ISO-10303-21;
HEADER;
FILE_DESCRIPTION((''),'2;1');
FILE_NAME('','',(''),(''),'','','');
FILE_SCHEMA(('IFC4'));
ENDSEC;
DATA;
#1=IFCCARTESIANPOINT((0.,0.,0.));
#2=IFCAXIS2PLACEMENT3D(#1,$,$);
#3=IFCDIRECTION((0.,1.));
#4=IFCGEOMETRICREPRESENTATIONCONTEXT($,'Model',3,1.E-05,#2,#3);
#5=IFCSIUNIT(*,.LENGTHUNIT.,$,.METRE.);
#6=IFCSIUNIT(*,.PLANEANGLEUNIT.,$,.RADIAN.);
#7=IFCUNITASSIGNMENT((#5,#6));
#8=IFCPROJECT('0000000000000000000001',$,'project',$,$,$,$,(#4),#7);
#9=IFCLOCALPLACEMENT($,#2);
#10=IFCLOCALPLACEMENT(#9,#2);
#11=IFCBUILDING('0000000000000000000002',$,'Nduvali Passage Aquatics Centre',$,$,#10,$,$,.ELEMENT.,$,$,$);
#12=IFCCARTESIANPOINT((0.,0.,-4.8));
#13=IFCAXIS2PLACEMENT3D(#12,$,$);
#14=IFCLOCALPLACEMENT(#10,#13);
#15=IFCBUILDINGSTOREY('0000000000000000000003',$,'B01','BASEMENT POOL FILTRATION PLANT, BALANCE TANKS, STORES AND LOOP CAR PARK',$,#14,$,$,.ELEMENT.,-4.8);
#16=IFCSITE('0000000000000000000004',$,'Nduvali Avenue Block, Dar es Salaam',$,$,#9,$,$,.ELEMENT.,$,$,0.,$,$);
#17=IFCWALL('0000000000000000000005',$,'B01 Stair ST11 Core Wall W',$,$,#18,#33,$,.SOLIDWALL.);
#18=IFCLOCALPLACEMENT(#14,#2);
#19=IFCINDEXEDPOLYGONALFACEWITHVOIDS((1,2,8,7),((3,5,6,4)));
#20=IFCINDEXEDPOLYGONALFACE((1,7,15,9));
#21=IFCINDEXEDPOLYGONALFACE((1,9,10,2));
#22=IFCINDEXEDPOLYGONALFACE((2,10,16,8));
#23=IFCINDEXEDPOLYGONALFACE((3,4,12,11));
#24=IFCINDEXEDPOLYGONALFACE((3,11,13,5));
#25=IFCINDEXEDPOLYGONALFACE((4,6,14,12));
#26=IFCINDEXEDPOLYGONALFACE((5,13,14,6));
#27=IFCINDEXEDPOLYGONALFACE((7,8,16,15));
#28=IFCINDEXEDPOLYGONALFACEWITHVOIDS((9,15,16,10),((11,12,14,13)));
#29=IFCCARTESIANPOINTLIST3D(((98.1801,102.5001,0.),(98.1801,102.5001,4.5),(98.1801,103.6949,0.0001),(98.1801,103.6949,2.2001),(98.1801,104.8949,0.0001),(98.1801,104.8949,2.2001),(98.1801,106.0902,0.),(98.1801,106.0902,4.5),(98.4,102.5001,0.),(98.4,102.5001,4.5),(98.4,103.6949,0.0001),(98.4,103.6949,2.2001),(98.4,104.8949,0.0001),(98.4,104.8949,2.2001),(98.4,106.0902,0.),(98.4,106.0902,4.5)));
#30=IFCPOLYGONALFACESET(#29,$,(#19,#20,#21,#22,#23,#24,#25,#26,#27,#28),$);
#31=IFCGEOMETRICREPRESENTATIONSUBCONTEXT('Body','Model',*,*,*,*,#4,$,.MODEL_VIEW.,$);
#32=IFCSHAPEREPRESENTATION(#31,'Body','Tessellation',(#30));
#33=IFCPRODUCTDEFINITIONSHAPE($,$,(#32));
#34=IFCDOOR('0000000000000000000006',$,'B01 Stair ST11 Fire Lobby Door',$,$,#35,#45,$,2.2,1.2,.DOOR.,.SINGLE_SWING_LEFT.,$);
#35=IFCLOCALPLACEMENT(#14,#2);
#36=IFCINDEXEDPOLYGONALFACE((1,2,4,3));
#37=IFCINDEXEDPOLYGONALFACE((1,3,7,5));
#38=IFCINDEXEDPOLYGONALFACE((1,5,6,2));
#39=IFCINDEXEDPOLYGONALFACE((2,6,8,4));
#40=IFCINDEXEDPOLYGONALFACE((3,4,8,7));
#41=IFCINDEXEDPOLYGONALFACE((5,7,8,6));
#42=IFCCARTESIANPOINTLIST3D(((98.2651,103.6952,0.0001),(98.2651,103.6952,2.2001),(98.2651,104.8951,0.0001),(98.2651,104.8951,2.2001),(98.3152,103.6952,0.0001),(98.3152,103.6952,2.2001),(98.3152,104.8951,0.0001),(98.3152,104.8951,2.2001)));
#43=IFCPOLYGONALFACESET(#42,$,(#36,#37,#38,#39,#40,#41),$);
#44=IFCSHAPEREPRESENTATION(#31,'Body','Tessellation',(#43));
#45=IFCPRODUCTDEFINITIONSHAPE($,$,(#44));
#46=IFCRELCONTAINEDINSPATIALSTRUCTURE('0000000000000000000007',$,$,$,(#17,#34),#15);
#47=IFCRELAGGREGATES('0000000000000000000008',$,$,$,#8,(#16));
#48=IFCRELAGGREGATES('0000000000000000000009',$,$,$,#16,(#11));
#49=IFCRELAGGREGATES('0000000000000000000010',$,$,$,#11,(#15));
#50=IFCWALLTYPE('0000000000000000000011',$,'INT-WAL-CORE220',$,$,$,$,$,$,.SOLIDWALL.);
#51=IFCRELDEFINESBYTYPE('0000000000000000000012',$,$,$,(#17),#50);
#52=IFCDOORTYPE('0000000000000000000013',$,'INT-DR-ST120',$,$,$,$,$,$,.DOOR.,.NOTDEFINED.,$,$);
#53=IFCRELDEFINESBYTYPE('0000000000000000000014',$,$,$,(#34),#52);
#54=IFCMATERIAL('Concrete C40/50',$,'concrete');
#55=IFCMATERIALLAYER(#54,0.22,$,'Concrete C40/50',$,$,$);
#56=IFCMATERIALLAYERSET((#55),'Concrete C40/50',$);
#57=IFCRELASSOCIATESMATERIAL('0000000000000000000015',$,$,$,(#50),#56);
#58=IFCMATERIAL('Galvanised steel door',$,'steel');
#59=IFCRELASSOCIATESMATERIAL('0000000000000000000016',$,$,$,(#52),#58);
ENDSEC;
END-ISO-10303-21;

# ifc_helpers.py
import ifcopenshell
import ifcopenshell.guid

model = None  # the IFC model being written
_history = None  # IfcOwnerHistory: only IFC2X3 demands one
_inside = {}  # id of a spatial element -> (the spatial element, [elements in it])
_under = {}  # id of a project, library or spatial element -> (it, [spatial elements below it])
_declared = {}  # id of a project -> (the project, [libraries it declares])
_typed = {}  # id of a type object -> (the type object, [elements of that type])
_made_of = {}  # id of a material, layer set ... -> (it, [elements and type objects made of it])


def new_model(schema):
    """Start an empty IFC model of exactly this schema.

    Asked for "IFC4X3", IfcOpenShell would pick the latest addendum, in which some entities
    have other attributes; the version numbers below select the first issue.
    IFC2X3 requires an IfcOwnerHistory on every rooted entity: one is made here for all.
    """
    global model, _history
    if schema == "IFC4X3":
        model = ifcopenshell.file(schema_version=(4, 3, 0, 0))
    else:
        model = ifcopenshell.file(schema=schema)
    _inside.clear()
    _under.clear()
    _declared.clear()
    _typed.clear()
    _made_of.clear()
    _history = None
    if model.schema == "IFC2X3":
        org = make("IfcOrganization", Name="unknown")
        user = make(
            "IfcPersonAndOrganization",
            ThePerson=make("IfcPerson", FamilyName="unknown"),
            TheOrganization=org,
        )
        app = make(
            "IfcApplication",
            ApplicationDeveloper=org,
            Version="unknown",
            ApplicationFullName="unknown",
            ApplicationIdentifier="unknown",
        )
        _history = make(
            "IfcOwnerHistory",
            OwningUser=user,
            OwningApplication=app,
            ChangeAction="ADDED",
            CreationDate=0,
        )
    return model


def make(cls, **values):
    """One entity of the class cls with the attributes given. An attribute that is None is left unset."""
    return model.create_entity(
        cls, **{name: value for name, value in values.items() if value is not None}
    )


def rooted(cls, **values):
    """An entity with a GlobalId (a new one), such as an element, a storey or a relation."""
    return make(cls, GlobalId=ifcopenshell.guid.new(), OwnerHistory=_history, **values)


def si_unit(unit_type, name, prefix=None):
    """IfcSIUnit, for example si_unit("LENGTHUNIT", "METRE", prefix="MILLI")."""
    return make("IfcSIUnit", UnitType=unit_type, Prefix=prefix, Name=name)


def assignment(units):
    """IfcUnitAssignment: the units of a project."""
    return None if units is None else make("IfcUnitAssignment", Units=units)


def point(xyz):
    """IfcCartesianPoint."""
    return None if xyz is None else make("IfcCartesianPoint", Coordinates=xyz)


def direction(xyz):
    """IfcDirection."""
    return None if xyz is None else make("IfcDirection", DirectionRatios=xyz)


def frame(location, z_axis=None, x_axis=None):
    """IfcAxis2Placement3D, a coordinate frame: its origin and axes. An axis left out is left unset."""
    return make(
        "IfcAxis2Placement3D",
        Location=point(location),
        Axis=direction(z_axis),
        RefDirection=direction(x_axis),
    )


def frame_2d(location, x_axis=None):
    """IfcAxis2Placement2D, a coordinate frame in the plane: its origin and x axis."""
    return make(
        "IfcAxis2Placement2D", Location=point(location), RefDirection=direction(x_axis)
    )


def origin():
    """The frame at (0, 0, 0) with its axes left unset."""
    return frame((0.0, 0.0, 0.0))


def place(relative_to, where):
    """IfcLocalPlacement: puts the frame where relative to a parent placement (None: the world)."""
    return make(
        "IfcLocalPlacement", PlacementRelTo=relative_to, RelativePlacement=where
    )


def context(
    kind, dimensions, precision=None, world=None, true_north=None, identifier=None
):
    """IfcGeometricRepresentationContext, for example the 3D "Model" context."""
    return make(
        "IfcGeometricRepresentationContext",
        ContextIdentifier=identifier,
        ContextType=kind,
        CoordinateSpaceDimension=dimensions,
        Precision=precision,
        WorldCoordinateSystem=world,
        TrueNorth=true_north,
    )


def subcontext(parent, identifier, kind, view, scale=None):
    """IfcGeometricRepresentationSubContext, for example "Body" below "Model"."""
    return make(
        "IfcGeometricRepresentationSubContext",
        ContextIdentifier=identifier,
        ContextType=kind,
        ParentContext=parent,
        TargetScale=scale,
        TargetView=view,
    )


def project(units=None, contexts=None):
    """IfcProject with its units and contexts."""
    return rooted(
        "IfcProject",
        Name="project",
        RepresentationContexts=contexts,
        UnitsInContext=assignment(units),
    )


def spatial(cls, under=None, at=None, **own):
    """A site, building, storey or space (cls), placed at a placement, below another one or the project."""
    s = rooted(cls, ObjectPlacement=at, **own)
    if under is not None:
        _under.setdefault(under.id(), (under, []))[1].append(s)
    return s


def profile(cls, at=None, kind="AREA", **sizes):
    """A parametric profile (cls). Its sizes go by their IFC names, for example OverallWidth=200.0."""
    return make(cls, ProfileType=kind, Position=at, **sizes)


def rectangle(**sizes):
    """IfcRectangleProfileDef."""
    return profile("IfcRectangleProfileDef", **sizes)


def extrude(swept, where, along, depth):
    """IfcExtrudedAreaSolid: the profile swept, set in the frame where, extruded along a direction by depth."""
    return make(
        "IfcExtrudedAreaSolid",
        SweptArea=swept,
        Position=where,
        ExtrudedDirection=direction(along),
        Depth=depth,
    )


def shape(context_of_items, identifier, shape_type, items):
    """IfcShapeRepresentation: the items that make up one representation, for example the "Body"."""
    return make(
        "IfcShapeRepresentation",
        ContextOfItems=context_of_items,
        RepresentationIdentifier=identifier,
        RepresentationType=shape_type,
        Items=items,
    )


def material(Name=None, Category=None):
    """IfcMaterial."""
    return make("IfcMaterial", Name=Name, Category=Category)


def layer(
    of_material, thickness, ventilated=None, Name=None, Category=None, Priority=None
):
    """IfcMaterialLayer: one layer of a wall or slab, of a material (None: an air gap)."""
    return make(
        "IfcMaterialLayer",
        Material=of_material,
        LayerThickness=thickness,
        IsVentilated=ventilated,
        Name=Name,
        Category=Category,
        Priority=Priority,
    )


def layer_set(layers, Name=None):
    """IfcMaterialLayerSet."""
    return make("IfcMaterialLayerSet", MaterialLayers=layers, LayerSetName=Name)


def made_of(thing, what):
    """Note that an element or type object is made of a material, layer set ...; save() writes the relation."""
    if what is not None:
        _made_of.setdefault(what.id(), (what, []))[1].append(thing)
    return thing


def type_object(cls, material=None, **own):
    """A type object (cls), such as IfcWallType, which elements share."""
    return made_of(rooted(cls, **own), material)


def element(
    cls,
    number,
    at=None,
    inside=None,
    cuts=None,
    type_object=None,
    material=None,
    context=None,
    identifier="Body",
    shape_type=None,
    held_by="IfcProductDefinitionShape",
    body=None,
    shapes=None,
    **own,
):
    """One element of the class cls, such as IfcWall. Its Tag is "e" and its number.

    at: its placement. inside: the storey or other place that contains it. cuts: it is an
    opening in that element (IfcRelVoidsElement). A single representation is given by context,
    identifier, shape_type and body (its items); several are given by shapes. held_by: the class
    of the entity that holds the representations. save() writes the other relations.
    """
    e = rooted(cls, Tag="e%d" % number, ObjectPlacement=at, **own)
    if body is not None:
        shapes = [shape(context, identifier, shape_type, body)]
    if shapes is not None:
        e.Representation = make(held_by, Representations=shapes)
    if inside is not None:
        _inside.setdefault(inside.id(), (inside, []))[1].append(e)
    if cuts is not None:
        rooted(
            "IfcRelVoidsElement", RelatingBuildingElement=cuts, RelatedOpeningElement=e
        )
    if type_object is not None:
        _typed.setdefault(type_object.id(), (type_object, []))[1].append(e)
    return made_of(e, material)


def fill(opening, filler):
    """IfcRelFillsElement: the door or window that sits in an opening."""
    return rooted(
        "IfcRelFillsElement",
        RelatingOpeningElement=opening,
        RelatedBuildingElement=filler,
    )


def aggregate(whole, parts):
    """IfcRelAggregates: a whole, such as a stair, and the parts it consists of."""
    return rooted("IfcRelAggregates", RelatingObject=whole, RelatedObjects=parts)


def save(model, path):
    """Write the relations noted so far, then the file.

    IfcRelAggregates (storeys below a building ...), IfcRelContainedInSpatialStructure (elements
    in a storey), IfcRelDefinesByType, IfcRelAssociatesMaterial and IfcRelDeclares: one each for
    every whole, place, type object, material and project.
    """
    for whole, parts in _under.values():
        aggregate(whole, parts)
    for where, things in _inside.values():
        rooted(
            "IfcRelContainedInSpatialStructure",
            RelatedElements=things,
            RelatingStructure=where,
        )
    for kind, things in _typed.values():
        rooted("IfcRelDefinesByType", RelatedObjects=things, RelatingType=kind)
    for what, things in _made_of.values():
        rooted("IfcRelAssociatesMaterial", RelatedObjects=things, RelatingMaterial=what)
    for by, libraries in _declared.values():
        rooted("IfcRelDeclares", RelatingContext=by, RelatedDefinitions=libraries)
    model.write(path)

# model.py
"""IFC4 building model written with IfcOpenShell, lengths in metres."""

from ifc_helpers import new_model, si_unit, direction, frame, frame_2d, origin, place, context, subcontext, project, spatial, rectangle, extrude, material, layer, layer_set, type_object, element, fill, save


model = new_model("IFC4")

# Units and contexts
model_context = context("Model", 3, precision=1e-05, world=origin(), true_north=direction((0.0, 1.0)))
body_context = subcontext(model_context, "Body", "Model", "MODEL_VIEW")
ifc_project = project(units=[si_unit("LENGTHUNIT", "METRE"), si_unit("PLANEANGLEUNIT", "RADIAN")], contexts=[model_context])

# Site, building, storey
site_placement = place(None, origin())
site = spatial("IfcSite", under=ifc_project, at=site_placement, Name="Nduvali Avenue Block, Dar es Salaam", CompositionType="ELEMENT", RefElevation=0.0)
building_placement = place(site_placement, origin())
building = spatial("IfcBuilding", under=site, at=building_placement, Name="Nduvali Passage Aquatics Centre", CompositionType="ELEMENT")
storey_placement = place(building_placement, frame((0.0, 0.0, -4.8)))
storey = spatial("IfcBuildingStorey", under=building, at=storey_placement, Name="B01", Description="BASEMENT POOL FILTRATION PLANT, BALANCE TANKS, STORES AND LOOP CAR PARK", CompositionType="ELEMENT", Elevation=-4.8)

# Shared definitions
ifc_material_1 = material(Name="Concrete C40/50", Category="concrete")

# Shared definitions
ifc_material_2 = material(Name="Galvanised steel door", Category="steel")

# Shared definitions
ifc_layer_1 = layer(ifc_material_1, 0.22, Name="Concrete C40/50")
ifc_layer_set_1 = layer_set([ifc_layer_1], Name="Concrete C40/50")
wall_type_1 = type_object("IfcWallType", Name="INT-WAL-CORE220", PredefinedType="SOLIDWALL", material=ifc_layer_set_1)

# Wall, opening, door
wall_1_placement = place(storey_placement, frame((98.29, 106.0901, 0.0), z_axis=(0.0, 0.0, 1.0), x_axis=(0.0, -1.0, 0.0)))
wall_1 = element("IfcWall", 1, at=wall_1_placement, inside=storey, type_object=wall_type_1, Name="B01 Stair ST11 Core Wall W", PredefinedType="SOLIDWALL", context=body_context, shape_type="SweptSolid", body=[
    extrude(rectangle(XDim=3.5901, YDim=0.22, at=frame_2d((1.7949, 0.0))), origin(), (0.0, 0.0, 1.0), 4.5),
])
opening_1_placement = place(wall_1_placement, frame((1.1951, 0.0, 0.0)))
opening_1 = element("IfcOpeningElement", 2, at=opening_1_placement, cuts=wall_1, PredefinedType="OPENING", context=body_context, shape_type="SweptSolid", body=[
    extrude(rectangle(XDim=1.2, YDim=2.2, at=frame_2d((0.6001, 1.1001))), frame((0.0, 0.125, 0.0), z_axis=(0.0, -1.0, 0.0), x_axis=(1.0, 0.0, 0.0)), (0.0, 0.0, 1.0), 0.2498),
])
door_type_1 = type_object("IfcDoorType", Name="INT-DR-ST120", OperationType="NOTDEFINED", PredefinedType="DOOR", material=ifc_material_2)
door_1_placement = place(opening_1_placement, frame((1.2, 0.0, 0.0), z_axis=(0.0, 0.0, 1.0), x_axis=(-1.0, 0.0, 0.0)))
door_1 = element("IfcDoor", 3, at=door_1_placement, inside=storey, type_object=door_type_1, Name="B01 Stair ST11 Fire Lobby Door", OperationType="SINGLE_SWING_LEFT", OverallHeight=2.2, OverallWidth=1.2, PredefinedType="DOOR", context=body_context, shape_type="SweptSolid", body=[
    extrude(rectangle(XDim=1.2, YDim=2.2, at=frame_2d((0.6001, 1.1001))), frame((0.0, 0.0249, 0.0), z_axis=(0.0, -1.0, 0.0), x_axis=(1.0, 0.0, 0.0)), (0.0, 0.0, 1.0), 0.05),
])
fill(opening_1, door_1)

save(model, "model.ifc")
